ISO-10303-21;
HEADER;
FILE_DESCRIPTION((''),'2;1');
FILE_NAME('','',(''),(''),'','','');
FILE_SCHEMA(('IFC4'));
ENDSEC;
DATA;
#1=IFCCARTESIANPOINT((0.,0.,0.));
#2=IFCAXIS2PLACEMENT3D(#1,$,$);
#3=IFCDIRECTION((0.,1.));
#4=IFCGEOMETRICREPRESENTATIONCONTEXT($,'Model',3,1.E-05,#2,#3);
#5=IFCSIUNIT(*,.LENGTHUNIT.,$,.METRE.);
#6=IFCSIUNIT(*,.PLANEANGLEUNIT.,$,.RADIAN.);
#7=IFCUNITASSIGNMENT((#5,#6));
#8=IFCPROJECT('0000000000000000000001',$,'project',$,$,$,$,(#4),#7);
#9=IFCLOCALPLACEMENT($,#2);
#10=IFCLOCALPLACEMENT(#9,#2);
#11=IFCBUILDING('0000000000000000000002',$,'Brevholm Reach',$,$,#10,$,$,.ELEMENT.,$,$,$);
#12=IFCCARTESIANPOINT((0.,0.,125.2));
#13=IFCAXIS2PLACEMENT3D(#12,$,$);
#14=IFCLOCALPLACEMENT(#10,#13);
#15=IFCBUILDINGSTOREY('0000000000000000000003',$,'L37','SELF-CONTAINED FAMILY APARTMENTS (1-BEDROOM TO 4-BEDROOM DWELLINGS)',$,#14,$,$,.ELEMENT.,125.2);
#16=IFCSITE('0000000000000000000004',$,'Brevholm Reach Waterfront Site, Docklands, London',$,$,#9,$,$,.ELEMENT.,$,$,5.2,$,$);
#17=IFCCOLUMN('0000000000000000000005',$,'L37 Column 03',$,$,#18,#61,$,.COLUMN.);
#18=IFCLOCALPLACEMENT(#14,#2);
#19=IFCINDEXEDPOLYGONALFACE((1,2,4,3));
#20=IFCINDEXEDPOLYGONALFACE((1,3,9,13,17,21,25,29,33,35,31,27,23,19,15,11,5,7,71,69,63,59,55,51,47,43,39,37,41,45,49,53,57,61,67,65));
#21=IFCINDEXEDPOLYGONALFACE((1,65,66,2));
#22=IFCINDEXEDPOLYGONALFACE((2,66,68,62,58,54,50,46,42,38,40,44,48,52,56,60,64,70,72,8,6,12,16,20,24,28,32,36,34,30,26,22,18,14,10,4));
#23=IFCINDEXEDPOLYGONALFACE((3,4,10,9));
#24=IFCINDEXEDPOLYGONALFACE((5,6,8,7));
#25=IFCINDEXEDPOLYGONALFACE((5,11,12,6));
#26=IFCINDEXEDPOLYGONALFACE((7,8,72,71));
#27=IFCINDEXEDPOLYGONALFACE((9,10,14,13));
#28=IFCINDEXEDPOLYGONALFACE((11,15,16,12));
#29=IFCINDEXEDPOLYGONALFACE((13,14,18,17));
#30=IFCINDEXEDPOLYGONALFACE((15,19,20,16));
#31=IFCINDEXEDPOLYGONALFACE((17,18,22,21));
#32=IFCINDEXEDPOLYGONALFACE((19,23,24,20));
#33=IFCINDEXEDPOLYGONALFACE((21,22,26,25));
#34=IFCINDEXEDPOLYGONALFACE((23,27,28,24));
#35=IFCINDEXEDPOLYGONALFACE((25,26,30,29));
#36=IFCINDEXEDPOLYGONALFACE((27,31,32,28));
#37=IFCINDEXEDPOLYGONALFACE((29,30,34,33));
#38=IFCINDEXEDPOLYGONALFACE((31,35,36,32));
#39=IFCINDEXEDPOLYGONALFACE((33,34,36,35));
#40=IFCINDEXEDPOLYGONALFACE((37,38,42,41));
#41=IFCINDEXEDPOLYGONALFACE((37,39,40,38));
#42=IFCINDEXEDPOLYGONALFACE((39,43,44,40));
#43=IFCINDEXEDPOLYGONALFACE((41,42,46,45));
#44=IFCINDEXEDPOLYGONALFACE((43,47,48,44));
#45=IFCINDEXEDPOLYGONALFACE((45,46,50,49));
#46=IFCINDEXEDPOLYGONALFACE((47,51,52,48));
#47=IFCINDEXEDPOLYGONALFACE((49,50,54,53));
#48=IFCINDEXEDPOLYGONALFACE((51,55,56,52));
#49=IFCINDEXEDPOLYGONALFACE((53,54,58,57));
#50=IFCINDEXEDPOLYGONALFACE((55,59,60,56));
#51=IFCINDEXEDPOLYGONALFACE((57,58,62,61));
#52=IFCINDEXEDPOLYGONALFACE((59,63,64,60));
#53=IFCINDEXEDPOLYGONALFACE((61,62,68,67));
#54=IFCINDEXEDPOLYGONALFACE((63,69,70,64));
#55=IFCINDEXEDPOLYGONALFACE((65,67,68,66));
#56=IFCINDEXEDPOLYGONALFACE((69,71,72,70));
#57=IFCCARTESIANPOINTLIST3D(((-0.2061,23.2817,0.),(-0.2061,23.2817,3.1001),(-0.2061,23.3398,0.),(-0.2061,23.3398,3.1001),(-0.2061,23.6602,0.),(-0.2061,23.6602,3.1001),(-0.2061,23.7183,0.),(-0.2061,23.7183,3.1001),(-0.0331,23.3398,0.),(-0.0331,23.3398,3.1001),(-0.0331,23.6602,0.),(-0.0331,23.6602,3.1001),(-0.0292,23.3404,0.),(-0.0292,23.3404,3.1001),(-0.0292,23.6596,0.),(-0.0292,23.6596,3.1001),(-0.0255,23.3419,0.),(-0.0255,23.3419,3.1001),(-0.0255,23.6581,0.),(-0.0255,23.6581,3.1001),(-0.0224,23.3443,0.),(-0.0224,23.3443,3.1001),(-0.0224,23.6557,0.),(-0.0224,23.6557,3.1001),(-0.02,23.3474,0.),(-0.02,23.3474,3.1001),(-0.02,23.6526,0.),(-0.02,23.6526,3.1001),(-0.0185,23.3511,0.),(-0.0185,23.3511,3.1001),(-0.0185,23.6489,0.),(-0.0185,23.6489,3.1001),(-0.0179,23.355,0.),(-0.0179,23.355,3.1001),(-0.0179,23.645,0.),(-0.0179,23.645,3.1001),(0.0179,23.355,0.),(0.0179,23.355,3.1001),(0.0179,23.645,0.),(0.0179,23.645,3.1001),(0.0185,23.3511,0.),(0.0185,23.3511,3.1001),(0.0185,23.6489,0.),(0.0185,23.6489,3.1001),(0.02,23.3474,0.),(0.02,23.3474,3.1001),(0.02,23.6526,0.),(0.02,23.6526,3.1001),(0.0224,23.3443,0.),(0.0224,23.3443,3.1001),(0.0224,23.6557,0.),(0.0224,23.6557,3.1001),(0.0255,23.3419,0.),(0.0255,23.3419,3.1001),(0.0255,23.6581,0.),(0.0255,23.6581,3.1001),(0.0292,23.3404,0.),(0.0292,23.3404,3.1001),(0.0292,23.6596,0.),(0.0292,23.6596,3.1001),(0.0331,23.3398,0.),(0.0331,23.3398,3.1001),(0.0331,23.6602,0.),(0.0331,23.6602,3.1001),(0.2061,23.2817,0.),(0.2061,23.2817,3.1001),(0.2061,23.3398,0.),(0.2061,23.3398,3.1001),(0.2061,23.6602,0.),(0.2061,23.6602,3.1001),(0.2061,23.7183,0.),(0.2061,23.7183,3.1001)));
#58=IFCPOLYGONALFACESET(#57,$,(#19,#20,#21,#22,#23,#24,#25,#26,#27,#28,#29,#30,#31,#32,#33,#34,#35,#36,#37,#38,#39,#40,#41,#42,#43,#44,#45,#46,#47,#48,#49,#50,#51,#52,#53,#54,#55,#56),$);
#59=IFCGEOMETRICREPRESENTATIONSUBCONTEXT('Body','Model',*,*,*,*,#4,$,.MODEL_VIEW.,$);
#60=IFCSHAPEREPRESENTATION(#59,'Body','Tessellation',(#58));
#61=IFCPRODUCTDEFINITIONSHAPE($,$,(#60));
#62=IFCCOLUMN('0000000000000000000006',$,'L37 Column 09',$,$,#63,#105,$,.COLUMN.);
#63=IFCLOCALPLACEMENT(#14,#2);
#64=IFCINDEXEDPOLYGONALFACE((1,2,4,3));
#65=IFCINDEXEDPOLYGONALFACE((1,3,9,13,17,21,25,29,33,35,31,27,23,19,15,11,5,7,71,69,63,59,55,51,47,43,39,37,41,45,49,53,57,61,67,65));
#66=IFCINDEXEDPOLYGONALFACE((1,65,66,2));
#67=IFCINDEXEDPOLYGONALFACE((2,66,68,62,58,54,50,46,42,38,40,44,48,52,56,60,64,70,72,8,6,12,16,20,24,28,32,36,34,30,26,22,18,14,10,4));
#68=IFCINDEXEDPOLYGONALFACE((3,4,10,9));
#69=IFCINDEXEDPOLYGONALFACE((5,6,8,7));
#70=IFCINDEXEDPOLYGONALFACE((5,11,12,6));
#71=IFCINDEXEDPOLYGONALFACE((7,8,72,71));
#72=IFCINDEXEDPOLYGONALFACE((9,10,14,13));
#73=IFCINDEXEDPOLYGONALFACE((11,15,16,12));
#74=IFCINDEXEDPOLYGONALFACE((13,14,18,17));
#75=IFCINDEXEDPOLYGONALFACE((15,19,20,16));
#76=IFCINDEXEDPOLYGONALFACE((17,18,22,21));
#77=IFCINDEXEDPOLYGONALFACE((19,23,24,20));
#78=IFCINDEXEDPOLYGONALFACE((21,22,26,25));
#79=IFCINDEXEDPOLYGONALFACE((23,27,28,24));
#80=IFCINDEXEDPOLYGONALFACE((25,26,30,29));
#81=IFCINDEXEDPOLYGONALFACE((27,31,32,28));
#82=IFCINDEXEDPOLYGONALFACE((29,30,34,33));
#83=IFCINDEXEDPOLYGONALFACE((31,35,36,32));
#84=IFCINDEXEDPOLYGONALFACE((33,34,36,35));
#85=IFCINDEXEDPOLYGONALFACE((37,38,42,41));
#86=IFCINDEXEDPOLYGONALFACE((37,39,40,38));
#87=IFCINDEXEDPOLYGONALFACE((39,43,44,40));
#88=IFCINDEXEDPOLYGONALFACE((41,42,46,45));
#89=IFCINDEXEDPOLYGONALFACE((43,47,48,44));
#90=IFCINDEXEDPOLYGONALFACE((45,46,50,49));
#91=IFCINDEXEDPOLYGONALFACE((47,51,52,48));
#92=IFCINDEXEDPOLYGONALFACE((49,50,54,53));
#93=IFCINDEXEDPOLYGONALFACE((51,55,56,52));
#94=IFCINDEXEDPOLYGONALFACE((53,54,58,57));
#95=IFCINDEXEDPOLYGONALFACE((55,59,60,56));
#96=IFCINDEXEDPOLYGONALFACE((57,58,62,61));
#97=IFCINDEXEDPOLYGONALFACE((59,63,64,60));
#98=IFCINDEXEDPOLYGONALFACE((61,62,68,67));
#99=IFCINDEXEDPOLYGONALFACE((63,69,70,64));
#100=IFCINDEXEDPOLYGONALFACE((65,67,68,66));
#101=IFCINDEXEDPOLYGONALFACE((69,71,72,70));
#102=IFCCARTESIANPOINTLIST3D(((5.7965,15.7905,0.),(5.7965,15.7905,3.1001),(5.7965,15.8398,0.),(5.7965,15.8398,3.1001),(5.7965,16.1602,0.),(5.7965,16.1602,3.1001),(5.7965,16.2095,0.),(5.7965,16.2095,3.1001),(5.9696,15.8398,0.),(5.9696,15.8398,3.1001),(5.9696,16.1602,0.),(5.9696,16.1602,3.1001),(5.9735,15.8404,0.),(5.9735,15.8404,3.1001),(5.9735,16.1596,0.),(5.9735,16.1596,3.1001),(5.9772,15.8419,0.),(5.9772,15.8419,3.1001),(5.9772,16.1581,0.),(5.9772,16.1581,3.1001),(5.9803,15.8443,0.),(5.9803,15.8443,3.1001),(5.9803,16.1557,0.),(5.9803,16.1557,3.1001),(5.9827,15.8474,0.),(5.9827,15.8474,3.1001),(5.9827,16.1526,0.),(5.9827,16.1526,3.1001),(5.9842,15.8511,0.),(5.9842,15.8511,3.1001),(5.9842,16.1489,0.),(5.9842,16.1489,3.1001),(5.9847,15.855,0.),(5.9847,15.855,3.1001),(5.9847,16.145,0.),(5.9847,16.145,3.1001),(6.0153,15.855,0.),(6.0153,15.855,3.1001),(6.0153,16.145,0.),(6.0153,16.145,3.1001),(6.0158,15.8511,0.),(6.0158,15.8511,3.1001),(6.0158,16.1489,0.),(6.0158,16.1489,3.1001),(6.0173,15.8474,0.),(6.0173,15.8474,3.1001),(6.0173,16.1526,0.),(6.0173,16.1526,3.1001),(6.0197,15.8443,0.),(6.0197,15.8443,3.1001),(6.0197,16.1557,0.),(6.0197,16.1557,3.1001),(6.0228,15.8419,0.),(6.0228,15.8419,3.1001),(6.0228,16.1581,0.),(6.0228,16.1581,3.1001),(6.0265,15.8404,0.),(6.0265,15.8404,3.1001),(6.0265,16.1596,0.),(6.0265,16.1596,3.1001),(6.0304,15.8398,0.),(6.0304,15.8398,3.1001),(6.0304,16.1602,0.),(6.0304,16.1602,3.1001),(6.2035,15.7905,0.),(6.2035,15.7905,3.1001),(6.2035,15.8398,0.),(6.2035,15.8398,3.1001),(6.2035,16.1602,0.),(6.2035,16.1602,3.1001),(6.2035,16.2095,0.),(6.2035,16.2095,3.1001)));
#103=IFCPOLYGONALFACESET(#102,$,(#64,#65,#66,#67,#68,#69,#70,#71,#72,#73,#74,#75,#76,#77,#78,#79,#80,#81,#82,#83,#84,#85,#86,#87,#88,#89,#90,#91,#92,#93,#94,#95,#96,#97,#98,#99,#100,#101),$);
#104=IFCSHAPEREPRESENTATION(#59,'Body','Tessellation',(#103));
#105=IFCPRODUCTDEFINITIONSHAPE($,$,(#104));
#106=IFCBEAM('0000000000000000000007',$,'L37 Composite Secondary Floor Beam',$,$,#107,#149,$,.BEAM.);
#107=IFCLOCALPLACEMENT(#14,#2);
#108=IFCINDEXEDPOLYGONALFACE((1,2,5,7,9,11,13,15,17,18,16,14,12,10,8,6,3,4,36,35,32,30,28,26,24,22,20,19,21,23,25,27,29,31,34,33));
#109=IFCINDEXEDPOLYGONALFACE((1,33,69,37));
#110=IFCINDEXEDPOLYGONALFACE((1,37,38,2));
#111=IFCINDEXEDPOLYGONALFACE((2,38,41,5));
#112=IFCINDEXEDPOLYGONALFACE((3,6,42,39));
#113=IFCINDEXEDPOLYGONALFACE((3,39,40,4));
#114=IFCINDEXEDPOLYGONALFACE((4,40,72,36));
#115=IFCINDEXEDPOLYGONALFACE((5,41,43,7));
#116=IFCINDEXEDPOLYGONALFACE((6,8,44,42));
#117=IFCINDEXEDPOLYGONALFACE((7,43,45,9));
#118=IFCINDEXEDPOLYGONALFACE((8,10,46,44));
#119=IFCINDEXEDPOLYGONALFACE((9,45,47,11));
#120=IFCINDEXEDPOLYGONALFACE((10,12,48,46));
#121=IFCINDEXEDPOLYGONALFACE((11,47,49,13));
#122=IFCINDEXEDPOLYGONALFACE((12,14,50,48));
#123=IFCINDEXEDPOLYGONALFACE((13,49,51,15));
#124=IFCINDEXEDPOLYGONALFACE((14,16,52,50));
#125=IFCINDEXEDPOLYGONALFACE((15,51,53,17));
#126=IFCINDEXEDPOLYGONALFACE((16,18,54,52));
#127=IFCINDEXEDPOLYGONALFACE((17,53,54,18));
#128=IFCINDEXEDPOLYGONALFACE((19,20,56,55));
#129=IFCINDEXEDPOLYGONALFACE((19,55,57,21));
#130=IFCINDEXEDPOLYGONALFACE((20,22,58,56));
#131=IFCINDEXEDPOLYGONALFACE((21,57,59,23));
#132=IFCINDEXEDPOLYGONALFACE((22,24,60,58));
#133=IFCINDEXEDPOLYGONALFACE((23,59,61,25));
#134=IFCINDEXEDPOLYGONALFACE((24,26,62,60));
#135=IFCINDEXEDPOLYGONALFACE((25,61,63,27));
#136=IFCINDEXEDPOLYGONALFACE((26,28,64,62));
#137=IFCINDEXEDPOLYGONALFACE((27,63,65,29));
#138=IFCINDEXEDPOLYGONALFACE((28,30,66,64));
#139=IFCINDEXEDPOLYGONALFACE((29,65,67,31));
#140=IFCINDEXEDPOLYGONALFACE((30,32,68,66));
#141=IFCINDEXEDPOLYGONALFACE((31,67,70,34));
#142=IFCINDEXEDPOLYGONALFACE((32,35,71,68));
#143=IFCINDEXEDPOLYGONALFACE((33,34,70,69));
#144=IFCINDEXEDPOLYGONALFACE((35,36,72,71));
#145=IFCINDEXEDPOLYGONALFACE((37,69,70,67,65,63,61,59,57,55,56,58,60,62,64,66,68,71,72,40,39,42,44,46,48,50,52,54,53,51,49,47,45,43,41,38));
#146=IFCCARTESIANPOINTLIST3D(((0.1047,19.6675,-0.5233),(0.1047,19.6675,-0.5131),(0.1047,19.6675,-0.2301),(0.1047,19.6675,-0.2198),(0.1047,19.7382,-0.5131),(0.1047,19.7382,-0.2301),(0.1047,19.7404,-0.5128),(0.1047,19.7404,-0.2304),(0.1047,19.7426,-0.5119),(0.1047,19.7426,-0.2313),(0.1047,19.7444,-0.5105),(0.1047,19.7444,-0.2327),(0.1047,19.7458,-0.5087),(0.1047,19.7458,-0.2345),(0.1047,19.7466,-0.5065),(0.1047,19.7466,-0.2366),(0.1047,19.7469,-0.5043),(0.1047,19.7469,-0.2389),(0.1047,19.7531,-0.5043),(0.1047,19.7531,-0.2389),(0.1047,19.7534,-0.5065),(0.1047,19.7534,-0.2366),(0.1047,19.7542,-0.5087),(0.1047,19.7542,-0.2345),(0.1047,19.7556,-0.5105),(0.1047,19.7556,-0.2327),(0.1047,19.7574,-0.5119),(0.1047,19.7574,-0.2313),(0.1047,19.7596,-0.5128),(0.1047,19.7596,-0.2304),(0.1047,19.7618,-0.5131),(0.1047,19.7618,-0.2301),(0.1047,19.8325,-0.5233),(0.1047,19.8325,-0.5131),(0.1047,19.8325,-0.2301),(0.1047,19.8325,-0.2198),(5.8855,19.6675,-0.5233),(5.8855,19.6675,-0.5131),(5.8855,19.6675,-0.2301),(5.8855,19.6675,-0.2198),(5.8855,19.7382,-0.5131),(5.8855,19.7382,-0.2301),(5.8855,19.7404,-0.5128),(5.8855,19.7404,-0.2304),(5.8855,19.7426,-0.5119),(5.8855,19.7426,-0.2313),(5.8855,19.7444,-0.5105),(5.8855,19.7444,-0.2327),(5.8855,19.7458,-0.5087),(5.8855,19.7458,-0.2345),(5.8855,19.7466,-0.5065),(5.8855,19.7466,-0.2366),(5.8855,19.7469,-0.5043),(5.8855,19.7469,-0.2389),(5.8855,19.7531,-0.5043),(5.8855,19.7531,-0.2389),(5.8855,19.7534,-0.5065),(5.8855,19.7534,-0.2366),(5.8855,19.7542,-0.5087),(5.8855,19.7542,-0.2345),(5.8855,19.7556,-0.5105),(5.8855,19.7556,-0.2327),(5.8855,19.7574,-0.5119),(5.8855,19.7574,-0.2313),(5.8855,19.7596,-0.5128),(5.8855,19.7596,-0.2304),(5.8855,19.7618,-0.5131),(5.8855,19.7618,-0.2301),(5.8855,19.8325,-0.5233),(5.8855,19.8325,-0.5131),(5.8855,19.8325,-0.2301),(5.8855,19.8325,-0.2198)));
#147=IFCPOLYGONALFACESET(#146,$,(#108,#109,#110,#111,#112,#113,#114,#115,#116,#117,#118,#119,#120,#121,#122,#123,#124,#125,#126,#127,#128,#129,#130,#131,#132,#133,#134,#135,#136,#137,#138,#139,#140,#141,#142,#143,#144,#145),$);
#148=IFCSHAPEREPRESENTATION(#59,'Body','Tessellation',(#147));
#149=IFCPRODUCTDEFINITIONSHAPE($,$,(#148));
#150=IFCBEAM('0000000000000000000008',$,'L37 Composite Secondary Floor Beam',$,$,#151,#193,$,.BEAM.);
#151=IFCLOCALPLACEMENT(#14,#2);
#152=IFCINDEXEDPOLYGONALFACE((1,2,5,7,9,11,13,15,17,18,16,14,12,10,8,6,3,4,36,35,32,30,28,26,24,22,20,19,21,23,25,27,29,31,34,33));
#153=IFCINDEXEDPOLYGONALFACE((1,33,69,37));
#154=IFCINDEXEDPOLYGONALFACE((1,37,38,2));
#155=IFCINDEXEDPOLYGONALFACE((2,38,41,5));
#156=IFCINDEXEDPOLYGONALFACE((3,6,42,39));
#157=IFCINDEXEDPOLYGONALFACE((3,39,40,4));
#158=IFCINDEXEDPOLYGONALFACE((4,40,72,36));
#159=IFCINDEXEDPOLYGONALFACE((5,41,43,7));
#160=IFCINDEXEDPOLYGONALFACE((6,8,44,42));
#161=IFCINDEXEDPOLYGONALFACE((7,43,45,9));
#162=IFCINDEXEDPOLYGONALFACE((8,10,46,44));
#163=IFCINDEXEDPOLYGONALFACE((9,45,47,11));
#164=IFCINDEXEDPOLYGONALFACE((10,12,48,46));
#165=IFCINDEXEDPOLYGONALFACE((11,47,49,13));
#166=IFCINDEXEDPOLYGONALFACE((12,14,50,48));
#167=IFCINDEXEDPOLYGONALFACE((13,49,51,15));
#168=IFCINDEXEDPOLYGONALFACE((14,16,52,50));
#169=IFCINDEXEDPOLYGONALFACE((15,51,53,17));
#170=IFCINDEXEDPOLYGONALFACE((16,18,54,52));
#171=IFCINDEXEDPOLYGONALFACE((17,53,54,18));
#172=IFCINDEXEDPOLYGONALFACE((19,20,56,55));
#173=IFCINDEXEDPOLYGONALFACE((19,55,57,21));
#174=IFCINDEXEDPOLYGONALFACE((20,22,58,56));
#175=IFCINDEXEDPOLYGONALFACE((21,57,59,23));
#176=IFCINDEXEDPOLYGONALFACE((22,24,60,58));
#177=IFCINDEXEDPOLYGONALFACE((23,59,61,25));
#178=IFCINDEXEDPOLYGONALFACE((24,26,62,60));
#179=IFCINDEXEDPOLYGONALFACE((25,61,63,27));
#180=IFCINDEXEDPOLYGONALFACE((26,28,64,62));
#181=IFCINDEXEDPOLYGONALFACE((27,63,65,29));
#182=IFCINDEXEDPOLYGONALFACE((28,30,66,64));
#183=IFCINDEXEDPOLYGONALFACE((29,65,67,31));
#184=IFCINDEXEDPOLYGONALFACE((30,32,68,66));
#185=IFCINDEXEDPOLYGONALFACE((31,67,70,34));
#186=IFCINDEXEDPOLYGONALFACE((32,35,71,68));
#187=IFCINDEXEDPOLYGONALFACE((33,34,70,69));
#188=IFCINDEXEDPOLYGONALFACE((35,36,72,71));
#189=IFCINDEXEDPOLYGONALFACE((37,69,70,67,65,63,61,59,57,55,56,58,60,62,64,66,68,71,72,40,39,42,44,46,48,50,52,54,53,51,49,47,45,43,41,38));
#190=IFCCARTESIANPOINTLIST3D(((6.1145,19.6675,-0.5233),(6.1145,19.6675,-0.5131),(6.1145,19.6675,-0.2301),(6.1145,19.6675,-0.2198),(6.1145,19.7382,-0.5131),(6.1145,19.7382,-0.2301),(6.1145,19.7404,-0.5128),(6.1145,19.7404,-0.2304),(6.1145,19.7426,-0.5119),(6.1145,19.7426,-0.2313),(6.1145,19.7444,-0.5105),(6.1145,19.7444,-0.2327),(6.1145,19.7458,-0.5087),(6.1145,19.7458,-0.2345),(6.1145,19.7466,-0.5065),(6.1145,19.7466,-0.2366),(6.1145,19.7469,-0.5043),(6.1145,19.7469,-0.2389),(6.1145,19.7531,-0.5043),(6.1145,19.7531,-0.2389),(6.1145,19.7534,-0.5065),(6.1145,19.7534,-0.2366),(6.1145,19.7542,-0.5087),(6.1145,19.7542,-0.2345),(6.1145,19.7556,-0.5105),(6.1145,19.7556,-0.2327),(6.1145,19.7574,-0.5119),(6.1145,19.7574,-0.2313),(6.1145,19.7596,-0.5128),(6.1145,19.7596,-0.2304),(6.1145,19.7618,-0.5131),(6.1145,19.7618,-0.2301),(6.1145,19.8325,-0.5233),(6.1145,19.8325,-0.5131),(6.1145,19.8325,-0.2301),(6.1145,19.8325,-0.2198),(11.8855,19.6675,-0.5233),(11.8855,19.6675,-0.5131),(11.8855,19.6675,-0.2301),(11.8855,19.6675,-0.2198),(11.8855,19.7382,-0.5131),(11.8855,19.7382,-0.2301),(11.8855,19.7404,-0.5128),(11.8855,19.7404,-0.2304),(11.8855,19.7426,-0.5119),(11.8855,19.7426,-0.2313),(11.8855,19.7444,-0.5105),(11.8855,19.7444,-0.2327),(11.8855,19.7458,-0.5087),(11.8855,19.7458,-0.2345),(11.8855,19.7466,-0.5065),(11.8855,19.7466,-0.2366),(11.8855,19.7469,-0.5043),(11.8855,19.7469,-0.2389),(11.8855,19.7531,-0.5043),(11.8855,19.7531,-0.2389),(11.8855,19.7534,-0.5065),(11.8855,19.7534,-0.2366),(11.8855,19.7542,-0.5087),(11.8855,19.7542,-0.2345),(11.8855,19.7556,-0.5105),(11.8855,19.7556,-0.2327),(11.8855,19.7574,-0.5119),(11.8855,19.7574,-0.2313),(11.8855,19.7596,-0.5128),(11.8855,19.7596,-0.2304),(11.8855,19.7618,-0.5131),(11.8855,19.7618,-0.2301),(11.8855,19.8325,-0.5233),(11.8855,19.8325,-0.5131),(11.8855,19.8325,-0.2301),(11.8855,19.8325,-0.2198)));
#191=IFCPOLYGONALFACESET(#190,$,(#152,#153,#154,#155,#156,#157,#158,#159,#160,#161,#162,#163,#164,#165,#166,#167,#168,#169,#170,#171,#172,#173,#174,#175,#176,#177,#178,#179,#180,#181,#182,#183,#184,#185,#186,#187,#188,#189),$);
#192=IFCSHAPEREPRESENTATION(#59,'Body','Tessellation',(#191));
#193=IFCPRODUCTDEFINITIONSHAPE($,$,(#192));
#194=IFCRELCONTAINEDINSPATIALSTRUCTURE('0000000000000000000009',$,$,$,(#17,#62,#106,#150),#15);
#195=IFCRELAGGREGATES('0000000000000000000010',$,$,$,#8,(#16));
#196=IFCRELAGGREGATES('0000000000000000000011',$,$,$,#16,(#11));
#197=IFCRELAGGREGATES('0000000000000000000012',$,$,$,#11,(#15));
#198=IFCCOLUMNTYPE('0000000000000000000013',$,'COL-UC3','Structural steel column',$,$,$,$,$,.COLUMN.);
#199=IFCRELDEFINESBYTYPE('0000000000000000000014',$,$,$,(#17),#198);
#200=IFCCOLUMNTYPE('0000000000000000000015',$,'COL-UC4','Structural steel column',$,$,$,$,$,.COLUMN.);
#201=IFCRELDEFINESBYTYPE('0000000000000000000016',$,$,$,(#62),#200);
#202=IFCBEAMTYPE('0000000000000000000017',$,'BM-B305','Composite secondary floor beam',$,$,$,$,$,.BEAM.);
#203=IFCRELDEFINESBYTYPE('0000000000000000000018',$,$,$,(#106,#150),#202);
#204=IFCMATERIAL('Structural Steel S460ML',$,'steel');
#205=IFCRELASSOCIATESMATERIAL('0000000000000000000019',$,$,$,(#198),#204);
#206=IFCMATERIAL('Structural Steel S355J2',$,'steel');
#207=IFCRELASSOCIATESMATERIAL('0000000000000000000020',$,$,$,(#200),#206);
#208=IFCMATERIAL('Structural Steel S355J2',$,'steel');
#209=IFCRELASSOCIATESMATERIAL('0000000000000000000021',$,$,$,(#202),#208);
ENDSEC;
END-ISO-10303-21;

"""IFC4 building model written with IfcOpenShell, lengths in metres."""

from ifc_helpers import new_model, si_unit, direction, frame, origin, origin_2d, place, context, subcontext, project, spatial, i_section, extrude, material, material_profile, profile_set, type_object, element, save


model = new_model("IFC4")

# Units and contexts
model_context = context("Model", 3, precision=1e-05, world=origin(), true_north=direction((0.0, 1.0)))
body_context = subcontext(model_context, "Body", "Model", "MODEL_VIEW")
ifc_project = project(units=[si_unit("LENGTHUNIT", "METRE"), si_unit("PLANEANGLEUNIT", "RADIAN")], contexts=[model_context])

# Site, building, storey
site_placement = place(None, origin())
site = spatial("IfcSite", under=ifc_project, at=site_placement, Name="Brevholm Reach Waterfront Site, Docklands, London", CompositionType="ELEMENT", RefElevation=5.2)
building_placement = place(site_placement, origin())
building = spatial("IfcBuilding", under=site, at=building_placement, Name="Brevholm Reach", CompositionType="ELEMENT")
storey_placement = place(building_placement, frame((0.0, 0.0, 125.2)))
storey = spatial("IfcBuildingStorey", under=building, at=storey_placement, Name="L37", Description="SELF-CONTAINED FAMILY APARTMENTS (1-BEDROOM TO 4-BEDROOM DWELLINGS)", CompositionType="ELEMENT", Elevation=125.2)

# Columns
ifc_material_1 = material(Name="Structural Steel S460ML", Category="steel")
ifc_material_profile_1 = material_profile(ifc_material_1, i_section(OverallWidth=0.4121, OverallDepth=0.4365, WebThickness=0.0359, FlangeThickness=0.0581, FilletRadius=0.0151, at=origin_2d()), Name="UKC 356x406x467")
ifc_profile_set_1 = profile_set([ifc_material_profile_1], Name="Structural Steel S460ML")
column_type_1 = type_object("IfcColumnType", Name="COL-UC3", Description="Structural steel column", PredefinedType="COLUMN", material=ifc_profile_set_1)
column_1_placement = place(storey_placement, frame((0.0, 23.5, 0.0), z_axis=(0.0, 0.0, 1.0), x_axis=(1.0, 0.0, 0.0)))
element("IfcColumn", 1, at=column_1_placement, inside=storey, type_object=column_type_1, Name="L37 Column 03", PredefinedType="COLUMN", context=body_context, shape_type="SweptSolid", body=[
    extrude(i_section(OverallWidth=0.4121, OverallDepth=0.4365, WebThickness=0.0359, FlangeThickness=0.0581, FilletRadius=0.0151, at=origin_2d()), origin(), (0.0, 0.0, 1.0), 3.1001),
])
ifc_material_2 = material(Name="Structural Steel S355J2", Category="steel")
ifc_material_profile_2 = material_profile(ifc_material_2, i_section(OverallWidth=0.407, OverallDepth=0.4189, WebThickness=0.0305, FlangeThickness=0.0493, FilletRadius=0.0151, at=origin_2d()), Name="UKC 356x406x393")
ifc_profile_set_2 = profile_set([ifc_material_profile_2], Name="Structural Steel S355J2")
column_type_2 = type_object("IfcColumnType", Name="COL-UC4", Description="Structural steel column", PredefinedType="COLUMN", material=ifc_profile_set_2)
column_2_placement = place(storey_placement, frame((6.0, 16.0, 0.0), z_axis=(0.0, 0.0, 1.0), x_axis=(1.0, 0.0, 0.0)))
element("IfcColumn", 2, at=column_2_placement, inside=storey, type_object=column_type_2, Name="L37 Column 09", PredefinedType="COLUMN", context=body_context, shape_type="SweptSolid", body=[
    extrude(i_section(OverallWidth=0.407, OverallDepth=0.4189, WebThickness=0.0305, FlangeThickness=0.0493, FilletRadius=0.0151, at=origin_2d()), origin(), (0.0, 0.0, 1.0), 3.1001),
])

# Beams
ifc_material_3 = material(Name="Structural Steel S355J2", Category="steel")
ifc_material_profile_3 = material_profile(ifc_material_3, i_section(OverallWidth=0.165, OverallDepth=0.3035, WebThickness=0.0061, FlangeThickness=0.0103, FilletRadius=0.0088, at=origin_2d()), Name="UKB 305x165x40")
ifc_profile_set_3 = profile_set([ifc_material_profile_3], Name="Structural Steel S355J2")
beam_type_1 = type_object("IfcBeamType", Name="BM-B305", Description="Composite secondary floor beam", PredefinedType="BEAM", material=ifc_profile_set_3)
beam_1_placement = place(storey_placement, frame((0.1047, 19.75, -0.3716), z_axis=(1.0, 0.0, 0.0), x_axis=(0.0, 1.0, 0.0)))
element("IfcBeam", 3, at=beam_1_placement, inside=storey, type_object=beam_type_1, Name="L37 Composite Secondary Floor Beam", PredefinedType="BEAM", context=body_context, shape_type="SweptSolid", body=[
    extrude(i_section(OverallWidth=0.165, OverallDepth=0.3035, WebThickness=0.0061, FlangeThickness=0.0103, FilletRadius=0.0088, at=origin_2d()), origin(), (0.0, 0.0, 1.0), 5.7808),
])
beam_2_placement = place(storey_placement, frame((6.1145, 19.75, -0.3716), z_axis=(1.0, 0.0, 0.0), x_axis=(0.0, 1.0, 0.0)))
element("IfcBeam", 4, at=beam_2_placement, inside=storey, type_object=beam_type_1, Name="L37 Composite Secondary Floor Beam", PredefinedType="BEAM", context=body_context, shape_type="SweptSolid", body=[
    extrude(i_section(OverallWidth=0.165, OverallDepth=0.3035, WebThickness=0.0061, FlangeThickness=0.0103, FilletRadius=0.0088, at=origin_2d()), origin(), (0.0, 0.0, 1.0), 5.771),
])

save(model, "model.ifc")
